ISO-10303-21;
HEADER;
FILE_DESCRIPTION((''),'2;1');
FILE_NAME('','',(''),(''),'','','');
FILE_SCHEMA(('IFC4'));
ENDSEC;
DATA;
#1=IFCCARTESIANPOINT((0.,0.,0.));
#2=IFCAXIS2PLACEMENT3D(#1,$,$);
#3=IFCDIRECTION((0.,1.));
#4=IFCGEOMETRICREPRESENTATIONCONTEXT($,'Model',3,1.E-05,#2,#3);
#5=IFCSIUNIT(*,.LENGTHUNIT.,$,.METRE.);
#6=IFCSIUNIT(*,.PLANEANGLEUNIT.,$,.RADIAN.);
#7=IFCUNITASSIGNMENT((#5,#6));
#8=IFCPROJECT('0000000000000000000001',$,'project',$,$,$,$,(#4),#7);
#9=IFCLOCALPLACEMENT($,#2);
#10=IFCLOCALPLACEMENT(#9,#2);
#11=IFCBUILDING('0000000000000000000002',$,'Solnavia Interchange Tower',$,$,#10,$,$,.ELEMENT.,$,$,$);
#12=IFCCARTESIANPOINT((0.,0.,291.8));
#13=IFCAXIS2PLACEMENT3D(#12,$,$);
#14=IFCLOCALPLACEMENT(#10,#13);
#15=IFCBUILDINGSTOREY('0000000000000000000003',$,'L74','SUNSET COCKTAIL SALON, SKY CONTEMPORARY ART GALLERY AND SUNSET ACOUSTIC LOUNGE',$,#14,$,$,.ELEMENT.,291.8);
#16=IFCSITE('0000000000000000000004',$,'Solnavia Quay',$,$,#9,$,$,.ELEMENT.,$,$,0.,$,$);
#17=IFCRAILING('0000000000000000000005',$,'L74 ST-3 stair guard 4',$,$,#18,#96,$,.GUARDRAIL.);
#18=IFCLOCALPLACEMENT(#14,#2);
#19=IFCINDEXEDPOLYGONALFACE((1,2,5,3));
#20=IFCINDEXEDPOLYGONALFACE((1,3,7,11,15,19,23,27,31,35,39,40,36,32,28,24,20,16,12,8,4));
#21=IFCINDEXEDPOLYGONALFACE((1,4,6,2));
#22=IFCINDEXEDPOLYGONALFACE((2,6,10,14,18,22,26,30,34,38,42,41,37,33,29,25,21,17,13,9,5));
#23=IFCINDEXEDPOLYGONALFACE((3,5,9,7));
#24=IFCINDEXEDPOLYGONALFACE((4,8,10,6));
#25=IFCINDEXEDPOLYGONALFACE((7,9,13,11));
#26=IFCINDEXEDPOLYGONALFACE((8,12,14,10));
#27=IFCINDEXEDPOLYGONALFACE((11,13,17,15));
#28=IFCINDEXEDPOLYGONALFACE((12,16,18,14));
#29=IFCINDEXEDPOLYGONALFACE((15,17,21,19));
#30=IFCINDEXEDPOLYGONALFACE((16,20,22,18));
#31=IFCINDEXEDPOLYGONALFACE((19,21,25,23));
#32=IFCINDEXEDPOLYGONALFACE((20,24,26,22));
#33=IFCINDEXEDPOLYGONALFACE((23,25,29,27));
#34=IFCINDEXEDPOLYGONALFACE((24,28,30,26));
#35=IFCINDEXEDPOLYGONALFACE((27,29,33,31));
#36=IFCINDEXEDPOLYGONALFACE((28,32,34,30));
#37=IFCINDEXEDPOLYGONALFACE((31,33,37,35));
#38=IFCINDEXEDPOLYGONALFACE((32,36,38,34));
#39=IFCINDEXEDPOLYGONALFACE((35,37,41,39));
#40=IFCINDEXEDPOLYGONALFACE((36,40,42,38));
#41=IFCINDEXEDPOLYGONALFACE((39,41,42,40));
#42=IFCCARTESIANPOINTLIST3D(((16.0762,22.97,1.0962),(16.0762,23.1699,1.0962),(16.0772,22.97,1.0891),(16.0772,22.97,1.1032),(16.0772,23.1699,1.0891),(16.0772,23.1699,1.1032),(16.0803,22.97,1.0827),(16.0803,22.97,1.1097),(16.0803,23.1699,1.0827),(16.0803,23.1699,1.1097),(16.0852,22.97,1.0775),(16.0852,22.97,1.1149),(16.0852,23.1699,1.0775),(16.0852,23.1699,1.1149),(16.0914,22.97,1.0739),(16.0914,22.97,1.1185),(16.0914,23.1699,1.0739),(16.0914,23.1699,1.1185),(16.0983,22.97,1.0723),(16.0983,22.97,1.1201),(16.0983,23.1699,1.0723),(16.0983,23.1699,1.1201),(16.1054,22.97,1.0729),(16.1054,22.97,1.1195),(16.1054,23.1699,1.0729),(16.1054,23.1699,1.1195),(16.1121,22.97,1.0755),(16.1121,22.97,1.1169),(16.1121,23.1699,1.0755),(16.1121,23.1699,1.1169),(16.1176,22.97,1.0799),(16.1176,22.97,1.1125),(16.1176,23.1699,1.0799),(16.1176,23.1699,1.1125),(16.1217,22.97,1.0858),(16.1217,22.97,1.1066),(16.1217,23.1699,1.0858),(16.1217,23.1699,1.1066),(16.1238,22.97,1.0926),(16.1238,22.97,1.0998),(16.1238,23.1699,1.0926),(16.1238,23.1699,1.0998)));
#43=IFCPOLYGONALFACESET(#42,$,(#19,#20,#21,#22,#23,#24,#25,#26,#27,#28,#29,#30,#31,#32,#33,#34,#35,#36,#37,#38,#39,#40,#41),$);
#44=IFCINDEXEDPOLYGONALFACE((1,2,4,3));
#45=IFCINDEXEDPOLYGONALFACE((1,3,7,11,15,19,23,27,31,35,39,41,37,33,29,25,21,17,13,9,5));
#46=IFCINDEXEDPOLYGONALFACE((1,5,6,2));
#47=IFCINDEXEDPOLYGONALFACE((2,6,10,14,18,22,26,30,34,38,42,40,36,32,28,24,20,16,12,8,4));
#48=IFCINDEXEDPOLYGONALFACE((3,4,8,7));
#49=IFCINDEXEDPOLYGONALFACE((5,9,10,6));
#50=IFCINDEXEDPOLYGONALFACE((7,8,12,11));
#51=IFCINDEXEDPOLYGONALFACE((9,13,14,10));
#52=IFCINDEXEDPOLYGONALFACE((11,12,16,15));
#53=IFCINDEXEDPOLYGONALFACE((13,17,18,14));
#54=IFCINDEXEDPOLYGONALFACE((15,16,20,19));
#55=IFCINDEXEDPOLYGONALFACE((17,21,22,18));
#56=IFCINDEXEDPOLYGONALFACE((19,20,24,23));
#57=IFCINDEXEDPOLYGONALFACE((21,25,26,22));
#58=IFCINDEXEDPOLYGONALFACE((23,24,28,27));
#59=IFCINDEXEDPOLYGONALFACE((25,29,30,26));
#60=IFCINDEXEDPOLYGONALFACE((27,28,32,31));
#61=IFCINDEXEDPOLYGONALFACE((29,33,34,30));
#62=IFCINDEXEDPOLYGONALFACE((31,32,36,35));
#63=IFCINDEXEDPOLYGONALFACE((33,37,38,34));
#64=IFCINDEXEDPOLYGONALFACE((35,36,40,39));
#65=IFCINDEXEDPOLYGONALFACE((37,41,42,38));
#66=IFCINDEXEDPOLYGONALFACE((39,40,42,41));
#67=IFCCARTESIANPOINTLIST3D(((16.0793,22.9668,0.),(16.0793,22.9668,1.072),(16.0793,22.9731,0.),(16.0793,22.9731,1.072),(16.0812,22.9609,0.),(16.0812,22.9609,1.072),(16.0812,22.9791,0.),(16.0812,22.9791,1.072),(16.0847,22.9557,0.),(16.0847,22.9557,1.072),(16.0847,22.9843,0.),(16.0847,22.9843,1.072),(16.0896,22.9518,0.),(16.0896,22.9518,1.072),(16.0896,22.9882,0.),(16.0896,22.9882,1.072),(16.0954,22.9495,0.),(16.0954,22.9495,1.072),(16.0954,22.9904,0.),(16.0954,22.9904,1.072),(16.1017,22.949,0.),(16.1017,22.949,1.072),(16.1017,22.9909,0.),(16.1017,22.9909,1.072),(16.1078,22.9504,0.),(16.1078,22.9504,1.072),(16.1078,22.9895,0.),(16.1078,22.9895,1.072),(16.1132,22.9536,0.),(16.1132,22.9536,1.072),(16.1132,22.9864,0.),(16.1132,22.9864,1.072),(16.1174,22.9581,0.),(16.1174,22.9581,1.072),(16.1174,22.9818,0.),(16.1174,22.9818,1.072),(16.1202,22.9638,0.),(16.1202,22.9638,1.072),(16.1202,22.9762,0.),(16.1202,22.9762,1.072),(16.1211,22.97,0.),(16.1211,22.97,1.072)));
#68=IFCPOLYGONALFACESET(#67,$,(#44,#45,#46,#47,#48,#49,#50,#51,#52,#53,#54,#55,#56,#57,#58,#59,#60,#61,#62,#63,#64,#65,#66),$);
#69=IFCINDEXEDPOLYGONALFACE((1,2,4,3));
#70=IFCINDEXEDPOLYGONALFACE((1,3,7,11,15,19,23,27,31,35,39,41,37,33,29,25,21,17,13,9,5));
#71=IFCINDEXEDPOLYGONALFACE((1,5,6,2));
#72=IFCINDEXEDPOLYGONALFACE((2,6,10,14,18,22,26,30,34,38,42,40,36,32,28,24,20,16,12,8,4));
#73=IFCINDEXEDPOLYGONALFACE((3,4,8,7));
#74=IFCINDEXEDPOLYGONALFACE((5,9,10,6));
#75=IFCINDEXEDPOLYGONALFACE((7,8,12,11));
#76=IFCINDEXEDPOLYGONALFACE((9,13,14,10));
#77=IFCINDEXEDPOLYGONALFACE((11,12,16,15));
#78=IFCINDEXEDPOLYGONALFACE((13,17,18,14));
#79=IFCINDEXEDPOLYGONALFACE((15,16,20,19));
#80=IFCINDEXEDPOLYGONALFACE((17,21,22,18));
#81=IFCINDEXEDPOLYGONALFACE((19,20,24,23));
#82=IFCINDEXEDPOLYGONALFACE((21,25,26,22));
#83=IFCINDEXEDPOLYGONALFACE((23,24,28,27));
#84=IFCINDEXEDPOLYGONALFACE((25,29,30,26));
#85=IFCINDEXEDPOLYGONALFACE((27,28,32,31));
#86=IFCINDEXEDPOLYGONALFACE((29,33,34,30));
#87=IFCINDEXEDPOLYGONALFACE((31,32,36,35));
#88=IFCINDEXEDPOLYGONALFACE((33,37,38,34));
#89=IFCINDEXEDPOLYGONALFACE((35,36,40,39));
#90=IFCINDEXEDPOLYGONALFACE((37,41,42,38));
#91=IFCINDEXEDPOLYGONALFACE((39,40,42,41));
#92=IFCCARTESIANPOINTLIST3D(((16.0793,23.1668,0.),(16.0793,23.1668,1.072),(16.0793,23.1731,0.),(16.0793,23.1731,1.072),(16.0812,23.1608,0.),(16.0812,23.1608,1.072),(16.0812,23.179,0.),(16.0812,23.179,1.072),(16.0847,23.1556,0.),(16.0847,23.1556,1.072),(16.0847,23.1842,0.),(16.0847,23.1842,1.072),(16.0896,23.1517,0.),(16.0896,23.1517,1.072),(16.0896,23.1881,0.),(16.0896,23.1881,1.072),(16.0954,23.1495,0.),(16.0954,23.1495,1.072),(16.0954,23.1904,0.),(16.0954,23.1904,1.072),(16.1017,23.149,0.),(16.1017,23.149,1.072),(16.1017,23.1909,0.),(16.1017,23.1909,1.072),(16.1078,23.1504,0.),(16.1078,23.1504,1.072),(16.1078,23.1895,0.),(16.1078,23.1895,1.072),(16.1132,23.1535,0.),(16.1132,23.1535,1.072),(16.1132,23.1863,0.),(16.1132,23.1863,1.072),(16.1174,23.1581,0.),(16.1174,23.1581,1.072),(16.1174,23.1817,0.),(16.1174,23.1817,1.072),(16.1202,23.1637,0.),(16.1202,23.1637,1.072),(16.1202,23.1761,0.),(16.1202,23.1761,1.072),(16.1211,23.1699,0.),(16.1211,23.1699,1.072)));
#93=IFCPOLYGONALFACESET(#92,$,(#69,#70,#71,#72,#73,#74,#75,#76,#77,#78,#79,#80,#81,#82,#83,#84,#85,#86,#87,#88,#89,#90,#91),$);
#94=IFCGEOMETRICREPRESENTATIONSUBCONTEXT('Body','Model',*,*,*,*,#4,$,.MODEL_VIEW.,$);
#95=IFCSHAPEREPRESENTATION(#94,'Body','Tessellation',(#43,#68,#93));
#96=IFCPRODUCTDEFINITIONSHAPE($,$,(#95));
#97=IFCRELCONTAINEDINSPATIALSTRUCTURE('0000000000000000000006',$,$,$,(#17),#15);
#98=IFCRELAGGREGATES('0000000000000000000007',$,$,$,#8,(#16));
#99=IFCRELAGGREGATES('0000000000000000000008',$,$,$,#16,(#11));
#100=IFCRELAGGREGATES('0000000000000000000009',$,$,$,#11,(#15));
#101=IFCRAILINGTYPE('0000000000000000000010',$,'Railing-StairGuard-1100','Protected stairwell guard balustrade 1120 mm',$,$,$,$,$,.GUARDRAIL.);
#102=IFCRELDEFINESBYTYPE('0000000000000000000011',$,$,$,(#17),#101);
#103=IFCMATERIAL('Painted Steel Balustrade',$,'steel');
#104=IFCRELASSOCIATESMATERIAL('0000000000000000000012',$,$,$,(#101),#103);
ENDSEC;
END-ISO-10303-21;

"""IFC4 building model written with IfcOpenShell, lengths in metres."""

from ifc_helpers import new_model, si_unit, direction, frame, origin, origin_2d, place, context, subcontext, project, spatial, circle, extrude, material, type_object, element, save


model = new_model("IFC4")

# Units and contexts
model_context = context("Model", 3, precision=1e-05, world=origin(), true_north=direction((0.0, 1.0)))
body_context = subcontext(model_context, "Body", "Model", "MODEL_VIEW")
ifc_project = project(units=[si_unit("LENGTHUNIT", "METRE"), si_unit("PLANEANGLEUNIT", "RADIAN")], contexts=[model_context])

# Site, building, storey
site_placement = place(None, origin())
site = spatial("IfcSite", under=ifc_project, at=site_placement, Name="Solnavia Quay", CompositionType="ELEMENT", RefElevation=0.0)
building_placement = place(site_placement, origin())
building = spatial("IfcBuilding", under=site, at=building_placement, Name="Solnavia Interchange Tower", CompositionType="ELEMENT")
storey_placement = place(building_placement, frame((0.0, 0.0, 291.8)))
storey = spatial("IfcBuildingStorey", under=building, at=storey_placement, Name="L74", Description="SUNSET COCKTAIL SALON, SKY CONTEMPORARY ART GALLERY AND SUNSET ACOUSTIC LOUNGE", CompositionType="ELEMENT", Elevation=291.8)

# Railing
ifc_material_1 = material(Name="Painted Steel Balustrade", Category="steel")
railing_type_1 = type_object("IfcRailingType", Name="Railing-StairGuard-1100", Description="Protected stairwell guard balustrade 1120 mm", PredefinedType="GUARDRAIL", material=ifc_material_1)
railing_1_placement = place(storey_placement, frame((16.1001, 22.97, 0.0)))
element("IfcRailing", 1, at=railing_1_placement, inside=storey, type_object=railing_type_1, Name="L74 ST-3 stair guard 4", PredefinedType="GUARDRAIL", context=body_context, shape_type="SweptSolid", body=[
    extrude(circle(Radius=0.0239, at=origin_2d()), frame((0.0, 0.0, 1.0962), z_axis=(0.0, 1.0, 0.0), x_axis=(-1.0, 0.0, 0.0)), (0.0, 0.0, 1.0), 0.2),
    extrude(circle(Radius=0.021, at=origin_2d()), origin(), (0.0, 0.0, 1.0), 1.072),
    extrude(circle(Radius=0.021, at=origin_2d()), frame((0.0, 0.2, 0.0)), (0.0, 0.0, 1.0), 1.072),
])

save(model, "model.ifc")
